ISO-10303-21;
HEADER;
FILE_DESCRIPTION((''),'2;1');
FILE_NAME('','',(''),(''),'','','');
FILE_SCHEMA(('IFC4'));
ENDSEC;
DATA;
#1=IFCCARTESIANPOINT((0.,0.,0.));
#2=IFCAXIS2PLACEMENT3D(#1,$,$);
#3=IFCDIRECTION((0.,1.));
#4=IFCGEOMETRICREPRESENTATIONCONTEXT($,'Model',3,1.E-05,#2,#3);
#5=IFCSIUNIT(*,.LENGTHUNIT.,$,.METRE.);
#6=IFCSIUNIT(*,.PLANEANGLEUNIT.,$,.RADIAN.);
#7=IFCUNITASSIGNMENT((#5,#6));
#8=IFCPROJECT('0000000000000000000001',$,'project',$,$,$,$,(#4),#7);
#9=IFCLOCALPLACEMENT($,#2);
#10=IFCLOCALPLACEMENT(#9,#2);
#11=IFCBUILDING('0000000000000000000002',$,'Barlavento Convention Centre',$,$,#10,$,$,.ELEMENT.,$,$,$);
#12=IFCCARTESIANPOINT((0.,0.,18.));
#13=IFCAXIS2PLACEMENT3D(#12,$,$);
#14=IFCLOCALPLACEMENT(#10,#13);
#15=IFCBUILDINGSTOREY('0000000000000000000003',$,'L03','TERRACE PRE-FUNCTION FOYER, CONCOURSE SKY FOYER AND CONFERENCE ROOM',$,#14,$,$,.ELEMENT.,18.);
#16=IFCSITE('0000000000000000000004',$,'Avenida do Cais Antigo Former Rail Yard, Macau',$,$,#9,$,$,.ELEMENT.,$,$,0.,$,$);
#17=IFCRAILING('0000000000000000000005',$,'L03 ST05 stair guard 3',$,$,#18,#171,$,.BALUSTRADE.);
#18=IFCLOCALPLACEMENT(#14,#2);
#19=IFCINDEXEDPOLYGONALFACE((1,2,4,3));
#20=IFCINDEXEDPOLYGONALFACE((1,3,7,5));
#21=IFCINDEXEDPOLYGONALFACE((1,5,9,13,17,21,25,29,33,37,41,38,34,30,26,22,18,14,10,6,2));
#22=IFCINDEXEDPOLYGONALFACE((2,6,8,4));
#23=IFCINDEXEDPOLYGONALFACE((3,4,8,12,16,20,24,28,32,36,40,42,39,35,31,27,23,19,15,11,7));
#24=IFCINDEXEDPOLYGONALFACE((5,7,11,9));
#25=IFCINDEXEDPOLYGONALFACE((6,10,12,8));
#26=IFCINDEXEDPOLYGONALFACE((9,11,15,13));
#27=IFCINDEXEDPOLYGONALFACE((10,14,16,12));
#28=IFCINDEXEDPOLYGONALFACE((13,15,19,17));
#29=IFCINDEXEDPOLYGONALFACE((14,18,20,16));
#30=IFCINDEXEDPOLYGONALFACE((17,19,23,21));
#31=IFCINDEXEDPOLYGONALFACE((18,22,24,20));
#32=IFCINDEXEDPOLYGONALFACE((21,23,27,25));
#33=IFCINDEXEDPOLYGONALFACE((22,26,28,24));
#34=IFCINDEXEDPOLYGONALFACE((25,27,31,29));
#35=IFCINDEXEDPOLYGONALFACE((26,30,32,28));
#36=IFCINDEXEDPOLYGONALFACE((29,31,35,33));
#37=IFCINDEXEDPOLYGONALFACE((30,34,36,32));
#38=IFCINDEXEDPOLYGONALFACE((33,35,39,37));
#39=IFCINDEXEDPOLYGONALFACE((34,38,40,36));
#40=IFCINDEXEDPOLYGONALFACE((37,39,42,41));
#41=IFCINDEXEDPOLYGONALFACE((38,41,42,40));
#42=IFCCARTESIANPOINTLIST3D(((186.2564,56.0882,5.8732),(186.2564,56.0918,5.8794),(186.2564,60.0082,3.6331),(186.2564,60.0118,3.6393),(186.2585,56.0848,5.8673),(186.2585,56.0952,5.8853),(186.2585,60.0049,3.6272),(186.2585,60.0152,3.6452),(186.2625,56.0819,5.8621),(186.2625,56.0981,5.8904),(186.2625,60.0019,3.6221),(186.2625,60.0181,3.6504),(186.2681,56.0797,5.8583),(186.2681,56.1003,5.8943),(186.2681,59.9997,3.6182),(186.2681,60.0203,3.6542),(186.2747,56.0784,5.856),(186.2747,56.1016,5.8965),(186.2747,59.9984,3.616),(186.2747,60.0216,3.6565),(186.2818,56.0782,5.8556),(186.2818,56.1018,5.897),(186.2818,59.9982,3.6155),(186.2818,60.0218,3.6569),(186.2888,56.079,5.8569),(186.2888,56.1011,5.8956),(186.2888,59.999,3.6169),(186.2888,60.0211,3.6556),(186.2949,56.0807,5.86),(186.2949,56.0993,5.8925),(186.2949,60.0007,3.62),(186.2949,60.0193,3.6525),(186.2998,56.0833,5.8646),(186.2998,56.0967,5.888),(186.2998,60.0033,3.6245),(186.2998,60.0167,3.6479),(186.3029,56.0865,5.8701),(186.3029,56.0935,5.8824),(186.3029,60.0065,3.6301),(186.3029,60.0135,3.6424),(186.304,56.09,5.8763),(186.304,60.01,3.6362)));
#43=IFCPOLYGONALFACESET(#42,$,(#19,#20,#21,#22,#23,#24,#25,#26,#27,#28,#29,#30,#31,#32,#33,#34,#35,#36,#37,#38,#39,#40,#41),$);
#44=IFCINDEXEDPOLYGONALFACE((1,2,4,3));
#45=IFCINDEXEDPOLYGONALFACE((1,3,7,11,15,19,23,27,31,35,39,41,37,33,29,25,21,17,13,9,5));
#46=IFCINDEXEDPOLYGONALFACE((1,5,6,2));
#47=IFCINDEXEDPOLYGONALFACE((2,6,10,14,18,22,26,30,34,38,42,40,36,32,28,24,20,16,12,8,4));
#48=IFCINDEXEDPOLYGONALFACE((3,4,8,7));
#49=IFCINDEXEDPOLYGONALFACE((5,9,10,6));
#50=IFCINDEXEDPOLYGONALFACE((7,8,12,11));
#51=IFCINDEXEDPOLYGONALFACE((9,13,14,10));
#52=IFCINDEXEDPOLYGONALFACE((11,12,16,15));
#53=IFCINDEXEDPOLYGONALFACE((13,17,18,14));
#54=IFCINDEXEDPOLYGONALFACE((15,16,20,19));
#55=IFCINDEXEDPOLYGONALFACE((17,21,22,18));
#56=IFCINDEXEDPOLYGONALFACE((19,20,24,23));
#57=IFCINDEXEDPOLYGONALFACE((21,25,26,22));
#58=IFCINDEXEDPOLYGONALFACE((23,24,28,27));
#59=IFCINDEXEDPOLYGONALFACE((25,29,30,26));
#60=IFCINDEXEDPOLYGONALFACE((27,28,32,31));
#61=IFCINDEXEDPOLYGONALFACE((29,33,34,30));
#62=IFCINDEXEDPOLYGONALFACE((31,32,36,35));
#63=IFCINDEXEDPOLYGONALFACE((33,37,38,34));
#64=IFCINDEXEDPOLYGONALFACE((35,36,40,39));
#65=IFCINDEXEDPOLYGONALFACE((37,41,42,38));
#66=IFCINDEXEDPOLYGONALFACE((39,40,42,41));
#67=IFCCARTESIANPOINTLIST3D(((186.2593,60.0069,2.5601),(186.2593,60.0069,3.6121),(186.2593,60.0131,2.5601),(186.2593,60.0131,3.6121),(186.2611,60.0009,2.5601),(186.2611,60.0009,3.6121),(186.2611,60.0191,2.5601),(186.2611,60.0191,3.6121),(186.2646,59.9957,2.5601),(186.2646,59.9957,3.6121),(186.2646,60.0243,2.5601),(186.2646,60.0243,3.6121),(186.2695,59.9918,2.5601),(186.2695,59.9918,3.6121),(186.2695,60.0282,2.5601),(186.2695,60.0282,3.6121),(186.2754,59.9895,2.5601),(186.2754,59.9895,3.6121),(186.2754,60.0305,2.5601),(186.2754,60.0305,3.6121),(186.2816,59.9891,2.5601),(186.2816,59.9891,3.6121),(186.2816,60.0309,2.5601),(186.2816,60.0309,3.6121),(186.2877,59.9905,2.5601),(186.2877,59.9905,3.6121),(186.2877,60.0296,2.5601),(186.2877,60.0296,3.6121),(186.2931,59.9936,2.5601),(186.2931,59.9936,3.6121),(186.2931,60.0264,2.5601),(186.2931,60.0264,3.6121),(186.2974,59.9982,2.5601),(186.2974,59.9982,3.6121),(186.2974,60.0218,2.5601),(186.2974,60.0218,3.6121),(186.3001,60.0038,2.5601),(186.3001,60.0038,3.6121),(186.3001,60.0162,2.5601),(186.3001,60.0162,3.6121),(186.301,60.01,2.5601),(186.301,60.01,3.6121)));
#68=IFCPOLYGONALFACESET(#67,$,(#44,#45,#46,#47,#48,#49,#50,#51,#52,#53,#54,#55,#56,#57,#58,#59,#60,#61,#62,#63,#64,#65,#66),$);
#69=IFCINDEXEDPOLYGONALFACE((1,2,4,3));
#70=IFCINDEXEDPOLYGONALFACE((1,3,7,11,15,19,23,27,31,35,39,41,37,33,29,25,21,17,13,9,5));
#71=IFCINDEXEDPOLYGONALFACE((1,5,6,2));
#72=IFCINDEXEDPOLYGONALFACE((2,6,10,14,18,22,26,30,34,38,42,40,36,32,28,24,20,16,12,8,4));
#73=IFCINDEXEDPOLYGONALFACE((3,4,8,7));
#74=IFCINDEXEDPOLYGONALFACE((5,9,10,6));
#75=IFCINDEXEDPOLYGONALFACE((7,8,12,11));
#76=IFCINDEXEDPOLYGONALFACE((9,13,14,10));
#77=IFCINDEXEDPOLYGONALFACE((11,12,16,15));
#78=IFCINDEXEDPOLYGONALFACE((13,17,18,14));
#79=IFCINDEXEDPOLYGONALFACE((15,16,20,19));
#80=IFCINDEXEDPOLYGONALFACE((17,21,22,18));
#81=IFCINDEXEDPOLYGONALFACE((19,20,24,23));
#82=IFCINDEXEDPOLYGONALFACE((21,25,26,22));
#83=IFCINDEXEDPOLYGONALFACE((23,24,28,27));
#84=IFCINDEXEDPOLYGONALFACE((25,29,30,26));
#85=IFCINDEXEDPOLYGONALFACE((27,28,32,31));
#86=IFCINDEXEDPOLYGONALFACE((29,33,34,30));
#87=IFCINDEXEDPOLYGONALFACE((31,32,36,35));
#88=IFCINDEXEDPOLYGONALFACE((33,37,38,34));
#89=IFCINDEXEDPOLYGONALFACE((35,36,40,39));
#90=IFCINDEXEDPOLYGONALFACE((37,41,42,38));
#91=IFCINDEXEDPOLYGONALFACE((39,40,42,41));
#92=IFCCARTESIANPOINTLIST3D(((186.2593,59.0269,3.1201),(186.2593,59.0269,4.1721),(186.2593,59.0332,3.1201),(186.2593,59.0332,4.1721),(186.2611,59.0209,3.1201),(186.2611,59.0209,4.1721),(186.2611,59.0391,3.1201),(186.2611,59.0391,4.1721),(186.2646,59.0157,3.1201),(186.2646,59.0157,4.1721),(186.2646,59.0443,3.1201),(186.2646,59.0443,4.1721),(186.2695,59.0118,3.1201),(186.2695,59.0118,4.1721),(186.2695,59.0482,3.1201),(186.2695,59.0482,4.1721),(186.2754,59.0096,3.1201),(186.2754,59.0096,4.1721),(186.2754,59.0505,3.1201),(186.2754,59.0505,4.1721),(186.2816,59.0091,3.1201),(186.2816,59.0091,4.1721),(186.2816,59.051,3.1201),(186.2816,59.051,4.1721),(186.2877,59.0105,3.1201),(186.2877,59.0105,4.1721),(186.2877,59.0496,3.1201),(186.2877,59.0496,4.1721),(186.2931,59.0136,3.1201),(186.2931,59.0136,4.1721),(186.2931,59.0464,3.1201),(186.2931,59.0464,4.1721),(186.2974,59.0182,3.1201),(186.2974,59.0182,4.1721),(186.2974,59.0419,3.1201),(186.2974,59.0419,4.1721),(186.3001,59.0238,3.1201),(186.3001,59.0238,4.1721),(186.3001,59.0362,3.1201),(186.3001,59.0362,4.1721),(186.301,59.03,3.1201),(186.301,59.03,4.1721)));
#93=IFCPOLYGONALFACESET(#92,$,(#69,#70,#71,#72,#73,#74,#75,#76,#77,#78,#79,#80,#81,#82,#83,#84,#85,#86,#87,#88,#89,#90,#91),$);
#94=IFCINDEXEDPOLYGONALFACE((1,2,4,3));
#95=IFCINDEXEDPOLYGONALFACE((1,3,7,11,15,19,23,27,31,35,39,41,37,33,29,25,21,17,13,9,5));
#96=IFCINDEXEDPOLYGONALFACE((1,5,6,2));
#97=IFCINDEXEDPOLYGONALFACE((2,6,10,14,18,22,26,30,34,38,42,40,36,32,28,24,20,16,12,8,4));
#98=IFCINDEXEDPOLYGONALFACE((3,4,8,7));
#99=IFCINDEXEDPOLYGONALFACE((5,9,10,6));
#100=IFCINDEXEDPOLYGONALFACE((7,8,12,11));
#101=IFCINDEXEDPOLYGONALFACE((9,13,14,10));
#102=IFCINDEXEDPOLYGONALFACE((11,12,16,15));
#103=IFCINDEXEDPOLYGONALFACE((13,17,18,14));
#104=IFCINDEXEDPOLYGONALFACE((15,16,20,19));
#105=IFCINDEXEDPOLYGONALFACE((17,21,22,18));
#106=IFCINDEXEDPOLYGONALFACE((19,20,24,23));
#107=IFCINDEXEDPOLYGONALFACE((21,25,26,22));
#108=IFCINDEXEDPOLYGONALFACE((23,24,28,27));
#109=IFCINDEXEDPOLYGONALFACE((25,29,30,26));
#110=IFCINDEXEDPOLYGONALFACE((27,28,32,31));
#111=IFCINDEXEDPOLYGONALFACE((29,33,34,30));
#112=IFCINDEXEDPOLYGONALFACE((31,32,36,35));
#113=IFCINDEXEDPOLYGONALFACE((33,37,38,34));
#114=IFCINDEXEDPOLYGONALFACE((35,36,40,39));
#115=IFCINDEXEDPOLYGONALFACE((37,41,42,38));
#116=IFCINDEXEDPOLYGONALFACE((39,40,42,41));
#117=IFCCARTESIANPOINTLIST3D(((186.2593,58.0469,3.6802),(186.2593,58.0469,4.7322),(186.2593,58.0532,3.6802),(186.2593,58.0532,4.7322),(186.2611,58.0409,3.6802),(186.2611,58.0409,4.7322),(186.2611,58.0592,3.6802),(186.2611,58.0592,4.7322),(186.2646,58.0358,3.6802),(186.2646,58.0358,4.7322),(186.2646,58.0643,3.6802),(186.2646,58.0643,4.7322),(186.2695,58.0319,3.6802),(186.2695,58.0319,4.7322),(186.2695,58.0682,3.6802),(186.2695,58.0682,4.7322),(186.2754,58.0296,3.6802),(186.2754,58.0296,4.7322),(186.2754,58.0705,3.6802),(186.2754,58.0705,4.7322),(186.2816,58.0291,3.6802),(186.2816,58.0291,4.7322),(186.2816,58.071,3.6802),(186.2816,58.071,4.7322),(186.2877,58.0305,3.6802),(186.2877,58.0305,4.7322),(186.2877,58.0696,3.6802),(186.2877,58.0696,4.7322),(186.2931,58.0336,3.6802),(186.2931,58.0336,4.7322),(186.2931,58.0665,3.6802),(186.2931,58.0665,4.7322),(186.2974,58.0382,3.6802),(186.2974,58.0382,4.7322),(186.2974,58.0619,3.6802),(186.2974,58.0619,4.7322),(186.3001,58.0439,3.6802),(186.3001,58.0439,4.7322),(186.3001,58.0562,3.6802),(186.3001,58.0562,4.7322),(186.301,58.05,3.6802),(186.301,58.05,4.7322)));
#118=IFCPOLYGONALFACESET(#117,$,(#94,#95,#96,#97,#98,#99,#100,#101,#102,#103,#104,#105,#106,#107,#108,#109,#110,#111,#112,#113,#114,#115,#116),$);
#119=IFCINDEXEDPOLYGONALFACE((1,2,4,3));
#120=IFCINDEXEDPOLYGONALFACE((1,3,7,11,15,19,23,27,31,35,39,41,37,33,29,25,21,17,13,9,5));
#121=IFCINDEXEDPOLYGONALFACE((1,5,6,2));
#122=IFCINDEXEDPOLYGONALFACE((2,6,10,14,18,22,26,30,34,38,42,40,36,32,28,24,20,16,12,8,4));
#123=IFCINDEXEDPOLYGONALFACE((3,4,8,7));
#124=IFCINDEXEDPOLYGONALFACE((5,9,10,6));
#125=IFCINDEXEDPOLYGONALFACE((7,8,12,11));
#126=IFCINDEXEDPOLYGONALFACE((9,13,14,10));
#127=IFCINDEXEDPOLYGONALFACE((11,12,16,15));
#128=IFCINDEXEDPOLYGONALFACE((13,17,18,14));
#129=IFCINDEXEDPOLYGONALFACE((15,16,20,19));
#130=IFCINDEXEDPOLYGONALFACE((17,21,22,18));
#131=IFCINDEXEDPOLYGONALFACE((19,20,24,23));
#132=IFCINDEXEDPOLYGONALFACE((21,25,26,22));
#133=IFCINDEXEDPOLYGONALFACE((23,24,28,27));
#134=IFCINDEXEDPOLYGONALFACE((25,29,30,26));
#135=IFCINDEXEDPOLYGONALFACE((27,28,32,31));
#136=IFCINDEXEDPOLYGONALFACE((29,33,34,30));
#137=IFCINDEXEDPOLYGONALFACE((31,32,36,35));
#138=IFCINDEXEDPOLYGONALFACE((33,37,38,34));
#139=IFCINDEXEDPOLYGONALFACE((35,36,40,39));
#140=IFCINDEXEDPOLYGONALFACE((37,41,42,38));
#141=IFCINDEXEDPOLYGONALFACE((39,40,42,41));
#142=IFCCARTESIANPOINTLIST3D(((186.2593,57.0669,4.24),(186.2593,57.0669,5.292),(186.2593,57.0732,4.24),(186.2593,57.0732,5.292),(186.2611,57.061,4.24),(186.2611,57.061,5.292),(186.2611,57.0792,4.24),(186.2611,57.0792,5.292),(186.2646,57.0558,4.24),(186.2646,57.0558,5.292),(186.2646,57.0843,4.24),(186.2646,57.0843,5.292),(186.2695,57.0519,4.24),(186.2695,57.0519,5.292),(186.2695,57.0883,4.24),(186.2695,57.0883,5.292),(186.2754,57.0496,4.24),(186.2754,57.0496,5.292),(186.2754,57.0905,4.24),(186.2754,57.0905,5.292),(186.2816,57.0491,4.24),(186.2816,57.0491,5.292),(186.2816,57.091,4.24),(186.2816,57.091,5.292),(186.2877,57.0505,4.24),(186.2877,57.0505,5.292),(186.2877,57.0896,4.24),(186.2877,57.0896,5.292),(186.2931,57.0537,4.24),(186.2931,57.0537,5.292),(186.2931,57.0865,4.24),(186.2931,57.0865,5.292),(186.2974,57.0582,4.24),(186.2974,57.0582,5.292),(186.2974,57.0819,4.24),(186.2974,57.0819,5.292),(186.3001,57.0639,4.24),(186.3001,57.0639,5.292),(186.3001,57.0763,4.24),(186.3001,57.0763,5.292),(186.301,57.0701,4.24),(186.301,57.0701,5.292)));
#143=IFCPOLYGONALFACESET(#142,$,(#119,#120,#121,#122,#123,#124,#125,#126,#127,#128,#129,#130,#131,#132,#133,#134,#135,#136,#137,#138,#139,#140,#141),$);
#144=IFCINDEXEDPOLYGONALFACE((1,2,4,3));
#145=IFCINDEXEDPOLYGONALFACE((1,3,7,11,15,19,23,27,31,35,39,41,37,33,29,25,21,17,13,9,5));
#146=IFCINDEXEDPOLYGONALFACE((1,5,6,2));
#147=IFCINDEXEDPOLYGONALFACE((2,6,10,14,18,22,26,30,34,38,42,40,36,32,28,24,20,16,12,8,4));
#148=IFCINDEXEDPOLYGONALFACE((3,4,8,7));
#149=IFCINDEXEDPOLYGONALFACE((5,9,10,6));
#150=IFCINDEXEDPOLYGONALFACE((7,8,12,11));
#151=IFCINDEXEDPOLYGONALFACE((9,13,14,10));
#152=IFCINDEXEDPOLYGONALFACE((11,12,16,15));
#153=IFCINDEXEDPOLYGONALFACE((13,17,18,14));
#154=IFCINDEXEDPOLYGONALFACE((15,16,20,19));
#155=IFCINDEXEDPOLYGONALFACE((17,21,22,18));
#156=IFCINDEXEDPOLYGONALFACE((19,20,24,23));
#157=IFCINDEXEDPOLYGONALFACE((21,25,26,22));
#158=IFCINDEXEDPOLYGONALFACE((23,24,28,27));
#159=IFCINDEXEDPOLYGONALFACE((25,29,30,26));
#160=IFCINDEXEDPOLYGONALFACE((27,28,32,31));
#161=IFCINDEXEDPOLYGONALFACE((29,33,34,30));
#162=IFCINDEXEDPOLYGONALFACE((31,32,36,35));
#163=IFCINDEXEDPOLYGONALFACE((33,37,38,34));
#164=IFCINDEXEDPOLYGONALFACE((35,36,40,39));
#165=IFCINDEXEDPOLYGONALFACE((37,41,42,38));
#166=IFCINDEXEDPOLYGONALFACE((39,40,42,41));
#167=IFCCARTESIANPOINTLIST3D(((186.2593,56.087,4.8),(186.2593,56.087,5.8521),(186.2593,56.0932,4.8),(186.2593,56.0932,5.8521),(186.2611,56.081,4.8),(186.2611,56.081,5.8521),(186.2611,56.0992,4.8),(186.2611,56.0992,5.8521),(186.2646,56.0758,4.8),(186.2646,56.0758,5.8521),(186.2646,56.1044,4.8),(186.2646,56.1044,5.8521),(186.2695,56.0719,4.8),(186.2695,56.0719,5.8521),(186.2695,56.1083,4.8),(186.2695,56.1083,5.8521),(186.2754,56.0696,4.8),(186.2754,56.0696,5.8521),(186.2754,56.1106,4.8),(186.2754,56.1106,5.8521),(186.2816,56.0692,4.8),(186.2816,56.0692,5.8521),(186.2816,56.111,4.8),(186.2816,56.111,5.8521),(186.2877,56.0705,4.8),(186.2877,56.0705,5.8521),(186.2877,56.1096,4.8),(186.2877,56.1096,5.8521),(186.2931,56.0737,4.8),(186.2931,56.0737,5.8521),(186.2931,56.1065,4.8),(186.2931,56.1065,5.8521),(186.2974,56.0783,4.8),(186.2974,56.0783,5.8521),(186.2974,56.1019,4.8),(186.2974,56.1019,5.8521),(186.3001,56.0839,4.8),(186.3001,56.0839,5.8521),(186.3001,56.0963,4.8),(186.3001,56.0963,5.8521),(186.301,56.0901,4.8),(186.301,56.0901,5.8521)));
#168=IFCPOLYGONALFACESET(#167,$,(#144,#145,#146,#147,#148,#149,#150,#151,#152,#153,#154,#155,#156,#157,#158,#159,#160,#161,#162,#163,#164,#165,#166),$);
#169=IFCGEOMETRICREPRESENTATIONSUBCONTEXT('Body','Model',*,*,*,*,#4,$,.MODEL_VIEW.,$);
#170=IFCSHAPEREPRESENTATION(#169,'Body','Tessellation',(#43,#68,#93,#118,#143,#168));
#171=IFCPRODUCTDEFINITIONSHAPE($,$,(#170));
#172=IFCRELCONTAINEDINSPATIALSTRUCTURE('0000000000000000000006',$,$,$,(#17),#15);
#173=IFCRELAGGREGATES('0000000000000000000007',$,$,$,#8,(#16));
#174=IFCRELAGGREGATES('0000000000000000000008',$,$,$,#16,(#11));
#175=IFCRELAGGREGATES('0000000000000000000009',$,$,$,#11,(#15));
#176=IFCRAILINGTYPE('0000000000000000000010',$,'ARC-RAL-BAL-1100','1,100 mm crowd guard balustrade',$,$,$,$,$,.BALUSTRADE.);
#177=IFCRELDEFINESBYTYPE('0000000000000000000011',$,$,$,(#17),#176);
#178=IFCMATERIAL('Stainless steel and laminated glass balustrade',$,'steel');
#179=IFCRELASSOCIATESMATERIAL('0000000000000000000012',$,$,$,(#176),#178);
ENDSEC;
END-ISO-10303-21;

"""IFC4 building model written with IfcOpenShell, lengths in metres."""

from ifc_helpers import new_model, si_unit, direction, frame, origin, origin_2d, place, context, subcontext, project, spatial, circle, extrude, material, type_object, element, save


model = new_model("IFC4")

# Units and contexts
model_context = context("Model", 3, precision=1e-05, world=origin(), true_north=direction((0.0, 1.0)))
body_context = subcontext(model_context, "Body", "Model", "MODEL_VIEW")
ifc_project = project(units=[si_unit("LENGTHUNIT", "METRE"), si_unit("PLANEANGLEUNIT", "RADIAN")], contexts=[model_context])

# Site, building, storey
site_placement = place(None, origin())
site = spatial("IfcSite", under=ifc_project, at=site_placement, Name="Avenida do Cais Antigo Former Rail Yard, Macau", CompositionType="ELEMENT", RefElevation=0.0)
building_placement = place(site_placement, origin())
building = spatial("IfcBuilding", under=site, at=building_placement, Name="Barlavento Convention Centre", CompositionType="ELEMENT")
storey_placement = place(building_placement, frame((0.0, 0.0, 18.0)))
storey = spatial("IfcBuildingStorey", under=building, at=storey_placement, Name="L03", Description="TERRACE PRE-FUNCTION FOYER, CONCOURSE SKY FOYER AND CONFERENCE ROOM", CompositionType="ELEMENT", Elevation=18.0)

# Railing
ifc_material_1 = material(Name="Stainless steel and laminated glass balustrade", Category="steel")
railing_type_1 = type_object("IfcRailingType", Name="ARC-RAL-BAL-1100", Description="1,100 mm crowd guard balustrade", PredefinedType="BALUSTRADE", material=ifc_material_1)
railing_1_placement = place(storey_placement, frame((186.28, 60.01, 2.5601)))
element("IfcRailing", 1, at=railing_1_placement, inside=storey, type_object=railing_type_1, Name="L03 ST05 stair guard 3", PredefinedType="BALUSTRADE", context=body_context, shape_type="SweptSolid", body=[
    extrude(circle(Radius=0.0239, at=origin_2d()), frame((0.0, 0.0, 1.0762), z_axis=(0.0, -0.86824, 0.496145), x_axis=(1.0, 0.0, 0.0)), (0.0, 0.0, 1.0), 4.5149),
    extrude(circle(Radius=0.021, at=origin_2d()), origin(), (0.0, 0.0, 1.0), 1.052),
    extrude(circle(Radius=0.021, at=origin_2d()), frame((0.0, -0.98, 0.5601)), (0.0, 0.0, 1.0), 1.052),
    extrude(circle(Radius=0.021, at=origin_2d()), frame((0.0, -1.96, 1.1201)), (0.0, 0.0, 1.0), 1.052),
    extrude(circle(Radius=0.021, at=origin_2d()), frame((0.0, -2.9399, 1.6799)), (0.0, 0.0, 1.0), 1.052),
    extrude(circle(Radius=0.021, at=origin_2d()), frame((0.0, -3.9199, 2.24)), (0.0, 0.0, 1.0), 1.052),
])

save(model, "model.ifc")
